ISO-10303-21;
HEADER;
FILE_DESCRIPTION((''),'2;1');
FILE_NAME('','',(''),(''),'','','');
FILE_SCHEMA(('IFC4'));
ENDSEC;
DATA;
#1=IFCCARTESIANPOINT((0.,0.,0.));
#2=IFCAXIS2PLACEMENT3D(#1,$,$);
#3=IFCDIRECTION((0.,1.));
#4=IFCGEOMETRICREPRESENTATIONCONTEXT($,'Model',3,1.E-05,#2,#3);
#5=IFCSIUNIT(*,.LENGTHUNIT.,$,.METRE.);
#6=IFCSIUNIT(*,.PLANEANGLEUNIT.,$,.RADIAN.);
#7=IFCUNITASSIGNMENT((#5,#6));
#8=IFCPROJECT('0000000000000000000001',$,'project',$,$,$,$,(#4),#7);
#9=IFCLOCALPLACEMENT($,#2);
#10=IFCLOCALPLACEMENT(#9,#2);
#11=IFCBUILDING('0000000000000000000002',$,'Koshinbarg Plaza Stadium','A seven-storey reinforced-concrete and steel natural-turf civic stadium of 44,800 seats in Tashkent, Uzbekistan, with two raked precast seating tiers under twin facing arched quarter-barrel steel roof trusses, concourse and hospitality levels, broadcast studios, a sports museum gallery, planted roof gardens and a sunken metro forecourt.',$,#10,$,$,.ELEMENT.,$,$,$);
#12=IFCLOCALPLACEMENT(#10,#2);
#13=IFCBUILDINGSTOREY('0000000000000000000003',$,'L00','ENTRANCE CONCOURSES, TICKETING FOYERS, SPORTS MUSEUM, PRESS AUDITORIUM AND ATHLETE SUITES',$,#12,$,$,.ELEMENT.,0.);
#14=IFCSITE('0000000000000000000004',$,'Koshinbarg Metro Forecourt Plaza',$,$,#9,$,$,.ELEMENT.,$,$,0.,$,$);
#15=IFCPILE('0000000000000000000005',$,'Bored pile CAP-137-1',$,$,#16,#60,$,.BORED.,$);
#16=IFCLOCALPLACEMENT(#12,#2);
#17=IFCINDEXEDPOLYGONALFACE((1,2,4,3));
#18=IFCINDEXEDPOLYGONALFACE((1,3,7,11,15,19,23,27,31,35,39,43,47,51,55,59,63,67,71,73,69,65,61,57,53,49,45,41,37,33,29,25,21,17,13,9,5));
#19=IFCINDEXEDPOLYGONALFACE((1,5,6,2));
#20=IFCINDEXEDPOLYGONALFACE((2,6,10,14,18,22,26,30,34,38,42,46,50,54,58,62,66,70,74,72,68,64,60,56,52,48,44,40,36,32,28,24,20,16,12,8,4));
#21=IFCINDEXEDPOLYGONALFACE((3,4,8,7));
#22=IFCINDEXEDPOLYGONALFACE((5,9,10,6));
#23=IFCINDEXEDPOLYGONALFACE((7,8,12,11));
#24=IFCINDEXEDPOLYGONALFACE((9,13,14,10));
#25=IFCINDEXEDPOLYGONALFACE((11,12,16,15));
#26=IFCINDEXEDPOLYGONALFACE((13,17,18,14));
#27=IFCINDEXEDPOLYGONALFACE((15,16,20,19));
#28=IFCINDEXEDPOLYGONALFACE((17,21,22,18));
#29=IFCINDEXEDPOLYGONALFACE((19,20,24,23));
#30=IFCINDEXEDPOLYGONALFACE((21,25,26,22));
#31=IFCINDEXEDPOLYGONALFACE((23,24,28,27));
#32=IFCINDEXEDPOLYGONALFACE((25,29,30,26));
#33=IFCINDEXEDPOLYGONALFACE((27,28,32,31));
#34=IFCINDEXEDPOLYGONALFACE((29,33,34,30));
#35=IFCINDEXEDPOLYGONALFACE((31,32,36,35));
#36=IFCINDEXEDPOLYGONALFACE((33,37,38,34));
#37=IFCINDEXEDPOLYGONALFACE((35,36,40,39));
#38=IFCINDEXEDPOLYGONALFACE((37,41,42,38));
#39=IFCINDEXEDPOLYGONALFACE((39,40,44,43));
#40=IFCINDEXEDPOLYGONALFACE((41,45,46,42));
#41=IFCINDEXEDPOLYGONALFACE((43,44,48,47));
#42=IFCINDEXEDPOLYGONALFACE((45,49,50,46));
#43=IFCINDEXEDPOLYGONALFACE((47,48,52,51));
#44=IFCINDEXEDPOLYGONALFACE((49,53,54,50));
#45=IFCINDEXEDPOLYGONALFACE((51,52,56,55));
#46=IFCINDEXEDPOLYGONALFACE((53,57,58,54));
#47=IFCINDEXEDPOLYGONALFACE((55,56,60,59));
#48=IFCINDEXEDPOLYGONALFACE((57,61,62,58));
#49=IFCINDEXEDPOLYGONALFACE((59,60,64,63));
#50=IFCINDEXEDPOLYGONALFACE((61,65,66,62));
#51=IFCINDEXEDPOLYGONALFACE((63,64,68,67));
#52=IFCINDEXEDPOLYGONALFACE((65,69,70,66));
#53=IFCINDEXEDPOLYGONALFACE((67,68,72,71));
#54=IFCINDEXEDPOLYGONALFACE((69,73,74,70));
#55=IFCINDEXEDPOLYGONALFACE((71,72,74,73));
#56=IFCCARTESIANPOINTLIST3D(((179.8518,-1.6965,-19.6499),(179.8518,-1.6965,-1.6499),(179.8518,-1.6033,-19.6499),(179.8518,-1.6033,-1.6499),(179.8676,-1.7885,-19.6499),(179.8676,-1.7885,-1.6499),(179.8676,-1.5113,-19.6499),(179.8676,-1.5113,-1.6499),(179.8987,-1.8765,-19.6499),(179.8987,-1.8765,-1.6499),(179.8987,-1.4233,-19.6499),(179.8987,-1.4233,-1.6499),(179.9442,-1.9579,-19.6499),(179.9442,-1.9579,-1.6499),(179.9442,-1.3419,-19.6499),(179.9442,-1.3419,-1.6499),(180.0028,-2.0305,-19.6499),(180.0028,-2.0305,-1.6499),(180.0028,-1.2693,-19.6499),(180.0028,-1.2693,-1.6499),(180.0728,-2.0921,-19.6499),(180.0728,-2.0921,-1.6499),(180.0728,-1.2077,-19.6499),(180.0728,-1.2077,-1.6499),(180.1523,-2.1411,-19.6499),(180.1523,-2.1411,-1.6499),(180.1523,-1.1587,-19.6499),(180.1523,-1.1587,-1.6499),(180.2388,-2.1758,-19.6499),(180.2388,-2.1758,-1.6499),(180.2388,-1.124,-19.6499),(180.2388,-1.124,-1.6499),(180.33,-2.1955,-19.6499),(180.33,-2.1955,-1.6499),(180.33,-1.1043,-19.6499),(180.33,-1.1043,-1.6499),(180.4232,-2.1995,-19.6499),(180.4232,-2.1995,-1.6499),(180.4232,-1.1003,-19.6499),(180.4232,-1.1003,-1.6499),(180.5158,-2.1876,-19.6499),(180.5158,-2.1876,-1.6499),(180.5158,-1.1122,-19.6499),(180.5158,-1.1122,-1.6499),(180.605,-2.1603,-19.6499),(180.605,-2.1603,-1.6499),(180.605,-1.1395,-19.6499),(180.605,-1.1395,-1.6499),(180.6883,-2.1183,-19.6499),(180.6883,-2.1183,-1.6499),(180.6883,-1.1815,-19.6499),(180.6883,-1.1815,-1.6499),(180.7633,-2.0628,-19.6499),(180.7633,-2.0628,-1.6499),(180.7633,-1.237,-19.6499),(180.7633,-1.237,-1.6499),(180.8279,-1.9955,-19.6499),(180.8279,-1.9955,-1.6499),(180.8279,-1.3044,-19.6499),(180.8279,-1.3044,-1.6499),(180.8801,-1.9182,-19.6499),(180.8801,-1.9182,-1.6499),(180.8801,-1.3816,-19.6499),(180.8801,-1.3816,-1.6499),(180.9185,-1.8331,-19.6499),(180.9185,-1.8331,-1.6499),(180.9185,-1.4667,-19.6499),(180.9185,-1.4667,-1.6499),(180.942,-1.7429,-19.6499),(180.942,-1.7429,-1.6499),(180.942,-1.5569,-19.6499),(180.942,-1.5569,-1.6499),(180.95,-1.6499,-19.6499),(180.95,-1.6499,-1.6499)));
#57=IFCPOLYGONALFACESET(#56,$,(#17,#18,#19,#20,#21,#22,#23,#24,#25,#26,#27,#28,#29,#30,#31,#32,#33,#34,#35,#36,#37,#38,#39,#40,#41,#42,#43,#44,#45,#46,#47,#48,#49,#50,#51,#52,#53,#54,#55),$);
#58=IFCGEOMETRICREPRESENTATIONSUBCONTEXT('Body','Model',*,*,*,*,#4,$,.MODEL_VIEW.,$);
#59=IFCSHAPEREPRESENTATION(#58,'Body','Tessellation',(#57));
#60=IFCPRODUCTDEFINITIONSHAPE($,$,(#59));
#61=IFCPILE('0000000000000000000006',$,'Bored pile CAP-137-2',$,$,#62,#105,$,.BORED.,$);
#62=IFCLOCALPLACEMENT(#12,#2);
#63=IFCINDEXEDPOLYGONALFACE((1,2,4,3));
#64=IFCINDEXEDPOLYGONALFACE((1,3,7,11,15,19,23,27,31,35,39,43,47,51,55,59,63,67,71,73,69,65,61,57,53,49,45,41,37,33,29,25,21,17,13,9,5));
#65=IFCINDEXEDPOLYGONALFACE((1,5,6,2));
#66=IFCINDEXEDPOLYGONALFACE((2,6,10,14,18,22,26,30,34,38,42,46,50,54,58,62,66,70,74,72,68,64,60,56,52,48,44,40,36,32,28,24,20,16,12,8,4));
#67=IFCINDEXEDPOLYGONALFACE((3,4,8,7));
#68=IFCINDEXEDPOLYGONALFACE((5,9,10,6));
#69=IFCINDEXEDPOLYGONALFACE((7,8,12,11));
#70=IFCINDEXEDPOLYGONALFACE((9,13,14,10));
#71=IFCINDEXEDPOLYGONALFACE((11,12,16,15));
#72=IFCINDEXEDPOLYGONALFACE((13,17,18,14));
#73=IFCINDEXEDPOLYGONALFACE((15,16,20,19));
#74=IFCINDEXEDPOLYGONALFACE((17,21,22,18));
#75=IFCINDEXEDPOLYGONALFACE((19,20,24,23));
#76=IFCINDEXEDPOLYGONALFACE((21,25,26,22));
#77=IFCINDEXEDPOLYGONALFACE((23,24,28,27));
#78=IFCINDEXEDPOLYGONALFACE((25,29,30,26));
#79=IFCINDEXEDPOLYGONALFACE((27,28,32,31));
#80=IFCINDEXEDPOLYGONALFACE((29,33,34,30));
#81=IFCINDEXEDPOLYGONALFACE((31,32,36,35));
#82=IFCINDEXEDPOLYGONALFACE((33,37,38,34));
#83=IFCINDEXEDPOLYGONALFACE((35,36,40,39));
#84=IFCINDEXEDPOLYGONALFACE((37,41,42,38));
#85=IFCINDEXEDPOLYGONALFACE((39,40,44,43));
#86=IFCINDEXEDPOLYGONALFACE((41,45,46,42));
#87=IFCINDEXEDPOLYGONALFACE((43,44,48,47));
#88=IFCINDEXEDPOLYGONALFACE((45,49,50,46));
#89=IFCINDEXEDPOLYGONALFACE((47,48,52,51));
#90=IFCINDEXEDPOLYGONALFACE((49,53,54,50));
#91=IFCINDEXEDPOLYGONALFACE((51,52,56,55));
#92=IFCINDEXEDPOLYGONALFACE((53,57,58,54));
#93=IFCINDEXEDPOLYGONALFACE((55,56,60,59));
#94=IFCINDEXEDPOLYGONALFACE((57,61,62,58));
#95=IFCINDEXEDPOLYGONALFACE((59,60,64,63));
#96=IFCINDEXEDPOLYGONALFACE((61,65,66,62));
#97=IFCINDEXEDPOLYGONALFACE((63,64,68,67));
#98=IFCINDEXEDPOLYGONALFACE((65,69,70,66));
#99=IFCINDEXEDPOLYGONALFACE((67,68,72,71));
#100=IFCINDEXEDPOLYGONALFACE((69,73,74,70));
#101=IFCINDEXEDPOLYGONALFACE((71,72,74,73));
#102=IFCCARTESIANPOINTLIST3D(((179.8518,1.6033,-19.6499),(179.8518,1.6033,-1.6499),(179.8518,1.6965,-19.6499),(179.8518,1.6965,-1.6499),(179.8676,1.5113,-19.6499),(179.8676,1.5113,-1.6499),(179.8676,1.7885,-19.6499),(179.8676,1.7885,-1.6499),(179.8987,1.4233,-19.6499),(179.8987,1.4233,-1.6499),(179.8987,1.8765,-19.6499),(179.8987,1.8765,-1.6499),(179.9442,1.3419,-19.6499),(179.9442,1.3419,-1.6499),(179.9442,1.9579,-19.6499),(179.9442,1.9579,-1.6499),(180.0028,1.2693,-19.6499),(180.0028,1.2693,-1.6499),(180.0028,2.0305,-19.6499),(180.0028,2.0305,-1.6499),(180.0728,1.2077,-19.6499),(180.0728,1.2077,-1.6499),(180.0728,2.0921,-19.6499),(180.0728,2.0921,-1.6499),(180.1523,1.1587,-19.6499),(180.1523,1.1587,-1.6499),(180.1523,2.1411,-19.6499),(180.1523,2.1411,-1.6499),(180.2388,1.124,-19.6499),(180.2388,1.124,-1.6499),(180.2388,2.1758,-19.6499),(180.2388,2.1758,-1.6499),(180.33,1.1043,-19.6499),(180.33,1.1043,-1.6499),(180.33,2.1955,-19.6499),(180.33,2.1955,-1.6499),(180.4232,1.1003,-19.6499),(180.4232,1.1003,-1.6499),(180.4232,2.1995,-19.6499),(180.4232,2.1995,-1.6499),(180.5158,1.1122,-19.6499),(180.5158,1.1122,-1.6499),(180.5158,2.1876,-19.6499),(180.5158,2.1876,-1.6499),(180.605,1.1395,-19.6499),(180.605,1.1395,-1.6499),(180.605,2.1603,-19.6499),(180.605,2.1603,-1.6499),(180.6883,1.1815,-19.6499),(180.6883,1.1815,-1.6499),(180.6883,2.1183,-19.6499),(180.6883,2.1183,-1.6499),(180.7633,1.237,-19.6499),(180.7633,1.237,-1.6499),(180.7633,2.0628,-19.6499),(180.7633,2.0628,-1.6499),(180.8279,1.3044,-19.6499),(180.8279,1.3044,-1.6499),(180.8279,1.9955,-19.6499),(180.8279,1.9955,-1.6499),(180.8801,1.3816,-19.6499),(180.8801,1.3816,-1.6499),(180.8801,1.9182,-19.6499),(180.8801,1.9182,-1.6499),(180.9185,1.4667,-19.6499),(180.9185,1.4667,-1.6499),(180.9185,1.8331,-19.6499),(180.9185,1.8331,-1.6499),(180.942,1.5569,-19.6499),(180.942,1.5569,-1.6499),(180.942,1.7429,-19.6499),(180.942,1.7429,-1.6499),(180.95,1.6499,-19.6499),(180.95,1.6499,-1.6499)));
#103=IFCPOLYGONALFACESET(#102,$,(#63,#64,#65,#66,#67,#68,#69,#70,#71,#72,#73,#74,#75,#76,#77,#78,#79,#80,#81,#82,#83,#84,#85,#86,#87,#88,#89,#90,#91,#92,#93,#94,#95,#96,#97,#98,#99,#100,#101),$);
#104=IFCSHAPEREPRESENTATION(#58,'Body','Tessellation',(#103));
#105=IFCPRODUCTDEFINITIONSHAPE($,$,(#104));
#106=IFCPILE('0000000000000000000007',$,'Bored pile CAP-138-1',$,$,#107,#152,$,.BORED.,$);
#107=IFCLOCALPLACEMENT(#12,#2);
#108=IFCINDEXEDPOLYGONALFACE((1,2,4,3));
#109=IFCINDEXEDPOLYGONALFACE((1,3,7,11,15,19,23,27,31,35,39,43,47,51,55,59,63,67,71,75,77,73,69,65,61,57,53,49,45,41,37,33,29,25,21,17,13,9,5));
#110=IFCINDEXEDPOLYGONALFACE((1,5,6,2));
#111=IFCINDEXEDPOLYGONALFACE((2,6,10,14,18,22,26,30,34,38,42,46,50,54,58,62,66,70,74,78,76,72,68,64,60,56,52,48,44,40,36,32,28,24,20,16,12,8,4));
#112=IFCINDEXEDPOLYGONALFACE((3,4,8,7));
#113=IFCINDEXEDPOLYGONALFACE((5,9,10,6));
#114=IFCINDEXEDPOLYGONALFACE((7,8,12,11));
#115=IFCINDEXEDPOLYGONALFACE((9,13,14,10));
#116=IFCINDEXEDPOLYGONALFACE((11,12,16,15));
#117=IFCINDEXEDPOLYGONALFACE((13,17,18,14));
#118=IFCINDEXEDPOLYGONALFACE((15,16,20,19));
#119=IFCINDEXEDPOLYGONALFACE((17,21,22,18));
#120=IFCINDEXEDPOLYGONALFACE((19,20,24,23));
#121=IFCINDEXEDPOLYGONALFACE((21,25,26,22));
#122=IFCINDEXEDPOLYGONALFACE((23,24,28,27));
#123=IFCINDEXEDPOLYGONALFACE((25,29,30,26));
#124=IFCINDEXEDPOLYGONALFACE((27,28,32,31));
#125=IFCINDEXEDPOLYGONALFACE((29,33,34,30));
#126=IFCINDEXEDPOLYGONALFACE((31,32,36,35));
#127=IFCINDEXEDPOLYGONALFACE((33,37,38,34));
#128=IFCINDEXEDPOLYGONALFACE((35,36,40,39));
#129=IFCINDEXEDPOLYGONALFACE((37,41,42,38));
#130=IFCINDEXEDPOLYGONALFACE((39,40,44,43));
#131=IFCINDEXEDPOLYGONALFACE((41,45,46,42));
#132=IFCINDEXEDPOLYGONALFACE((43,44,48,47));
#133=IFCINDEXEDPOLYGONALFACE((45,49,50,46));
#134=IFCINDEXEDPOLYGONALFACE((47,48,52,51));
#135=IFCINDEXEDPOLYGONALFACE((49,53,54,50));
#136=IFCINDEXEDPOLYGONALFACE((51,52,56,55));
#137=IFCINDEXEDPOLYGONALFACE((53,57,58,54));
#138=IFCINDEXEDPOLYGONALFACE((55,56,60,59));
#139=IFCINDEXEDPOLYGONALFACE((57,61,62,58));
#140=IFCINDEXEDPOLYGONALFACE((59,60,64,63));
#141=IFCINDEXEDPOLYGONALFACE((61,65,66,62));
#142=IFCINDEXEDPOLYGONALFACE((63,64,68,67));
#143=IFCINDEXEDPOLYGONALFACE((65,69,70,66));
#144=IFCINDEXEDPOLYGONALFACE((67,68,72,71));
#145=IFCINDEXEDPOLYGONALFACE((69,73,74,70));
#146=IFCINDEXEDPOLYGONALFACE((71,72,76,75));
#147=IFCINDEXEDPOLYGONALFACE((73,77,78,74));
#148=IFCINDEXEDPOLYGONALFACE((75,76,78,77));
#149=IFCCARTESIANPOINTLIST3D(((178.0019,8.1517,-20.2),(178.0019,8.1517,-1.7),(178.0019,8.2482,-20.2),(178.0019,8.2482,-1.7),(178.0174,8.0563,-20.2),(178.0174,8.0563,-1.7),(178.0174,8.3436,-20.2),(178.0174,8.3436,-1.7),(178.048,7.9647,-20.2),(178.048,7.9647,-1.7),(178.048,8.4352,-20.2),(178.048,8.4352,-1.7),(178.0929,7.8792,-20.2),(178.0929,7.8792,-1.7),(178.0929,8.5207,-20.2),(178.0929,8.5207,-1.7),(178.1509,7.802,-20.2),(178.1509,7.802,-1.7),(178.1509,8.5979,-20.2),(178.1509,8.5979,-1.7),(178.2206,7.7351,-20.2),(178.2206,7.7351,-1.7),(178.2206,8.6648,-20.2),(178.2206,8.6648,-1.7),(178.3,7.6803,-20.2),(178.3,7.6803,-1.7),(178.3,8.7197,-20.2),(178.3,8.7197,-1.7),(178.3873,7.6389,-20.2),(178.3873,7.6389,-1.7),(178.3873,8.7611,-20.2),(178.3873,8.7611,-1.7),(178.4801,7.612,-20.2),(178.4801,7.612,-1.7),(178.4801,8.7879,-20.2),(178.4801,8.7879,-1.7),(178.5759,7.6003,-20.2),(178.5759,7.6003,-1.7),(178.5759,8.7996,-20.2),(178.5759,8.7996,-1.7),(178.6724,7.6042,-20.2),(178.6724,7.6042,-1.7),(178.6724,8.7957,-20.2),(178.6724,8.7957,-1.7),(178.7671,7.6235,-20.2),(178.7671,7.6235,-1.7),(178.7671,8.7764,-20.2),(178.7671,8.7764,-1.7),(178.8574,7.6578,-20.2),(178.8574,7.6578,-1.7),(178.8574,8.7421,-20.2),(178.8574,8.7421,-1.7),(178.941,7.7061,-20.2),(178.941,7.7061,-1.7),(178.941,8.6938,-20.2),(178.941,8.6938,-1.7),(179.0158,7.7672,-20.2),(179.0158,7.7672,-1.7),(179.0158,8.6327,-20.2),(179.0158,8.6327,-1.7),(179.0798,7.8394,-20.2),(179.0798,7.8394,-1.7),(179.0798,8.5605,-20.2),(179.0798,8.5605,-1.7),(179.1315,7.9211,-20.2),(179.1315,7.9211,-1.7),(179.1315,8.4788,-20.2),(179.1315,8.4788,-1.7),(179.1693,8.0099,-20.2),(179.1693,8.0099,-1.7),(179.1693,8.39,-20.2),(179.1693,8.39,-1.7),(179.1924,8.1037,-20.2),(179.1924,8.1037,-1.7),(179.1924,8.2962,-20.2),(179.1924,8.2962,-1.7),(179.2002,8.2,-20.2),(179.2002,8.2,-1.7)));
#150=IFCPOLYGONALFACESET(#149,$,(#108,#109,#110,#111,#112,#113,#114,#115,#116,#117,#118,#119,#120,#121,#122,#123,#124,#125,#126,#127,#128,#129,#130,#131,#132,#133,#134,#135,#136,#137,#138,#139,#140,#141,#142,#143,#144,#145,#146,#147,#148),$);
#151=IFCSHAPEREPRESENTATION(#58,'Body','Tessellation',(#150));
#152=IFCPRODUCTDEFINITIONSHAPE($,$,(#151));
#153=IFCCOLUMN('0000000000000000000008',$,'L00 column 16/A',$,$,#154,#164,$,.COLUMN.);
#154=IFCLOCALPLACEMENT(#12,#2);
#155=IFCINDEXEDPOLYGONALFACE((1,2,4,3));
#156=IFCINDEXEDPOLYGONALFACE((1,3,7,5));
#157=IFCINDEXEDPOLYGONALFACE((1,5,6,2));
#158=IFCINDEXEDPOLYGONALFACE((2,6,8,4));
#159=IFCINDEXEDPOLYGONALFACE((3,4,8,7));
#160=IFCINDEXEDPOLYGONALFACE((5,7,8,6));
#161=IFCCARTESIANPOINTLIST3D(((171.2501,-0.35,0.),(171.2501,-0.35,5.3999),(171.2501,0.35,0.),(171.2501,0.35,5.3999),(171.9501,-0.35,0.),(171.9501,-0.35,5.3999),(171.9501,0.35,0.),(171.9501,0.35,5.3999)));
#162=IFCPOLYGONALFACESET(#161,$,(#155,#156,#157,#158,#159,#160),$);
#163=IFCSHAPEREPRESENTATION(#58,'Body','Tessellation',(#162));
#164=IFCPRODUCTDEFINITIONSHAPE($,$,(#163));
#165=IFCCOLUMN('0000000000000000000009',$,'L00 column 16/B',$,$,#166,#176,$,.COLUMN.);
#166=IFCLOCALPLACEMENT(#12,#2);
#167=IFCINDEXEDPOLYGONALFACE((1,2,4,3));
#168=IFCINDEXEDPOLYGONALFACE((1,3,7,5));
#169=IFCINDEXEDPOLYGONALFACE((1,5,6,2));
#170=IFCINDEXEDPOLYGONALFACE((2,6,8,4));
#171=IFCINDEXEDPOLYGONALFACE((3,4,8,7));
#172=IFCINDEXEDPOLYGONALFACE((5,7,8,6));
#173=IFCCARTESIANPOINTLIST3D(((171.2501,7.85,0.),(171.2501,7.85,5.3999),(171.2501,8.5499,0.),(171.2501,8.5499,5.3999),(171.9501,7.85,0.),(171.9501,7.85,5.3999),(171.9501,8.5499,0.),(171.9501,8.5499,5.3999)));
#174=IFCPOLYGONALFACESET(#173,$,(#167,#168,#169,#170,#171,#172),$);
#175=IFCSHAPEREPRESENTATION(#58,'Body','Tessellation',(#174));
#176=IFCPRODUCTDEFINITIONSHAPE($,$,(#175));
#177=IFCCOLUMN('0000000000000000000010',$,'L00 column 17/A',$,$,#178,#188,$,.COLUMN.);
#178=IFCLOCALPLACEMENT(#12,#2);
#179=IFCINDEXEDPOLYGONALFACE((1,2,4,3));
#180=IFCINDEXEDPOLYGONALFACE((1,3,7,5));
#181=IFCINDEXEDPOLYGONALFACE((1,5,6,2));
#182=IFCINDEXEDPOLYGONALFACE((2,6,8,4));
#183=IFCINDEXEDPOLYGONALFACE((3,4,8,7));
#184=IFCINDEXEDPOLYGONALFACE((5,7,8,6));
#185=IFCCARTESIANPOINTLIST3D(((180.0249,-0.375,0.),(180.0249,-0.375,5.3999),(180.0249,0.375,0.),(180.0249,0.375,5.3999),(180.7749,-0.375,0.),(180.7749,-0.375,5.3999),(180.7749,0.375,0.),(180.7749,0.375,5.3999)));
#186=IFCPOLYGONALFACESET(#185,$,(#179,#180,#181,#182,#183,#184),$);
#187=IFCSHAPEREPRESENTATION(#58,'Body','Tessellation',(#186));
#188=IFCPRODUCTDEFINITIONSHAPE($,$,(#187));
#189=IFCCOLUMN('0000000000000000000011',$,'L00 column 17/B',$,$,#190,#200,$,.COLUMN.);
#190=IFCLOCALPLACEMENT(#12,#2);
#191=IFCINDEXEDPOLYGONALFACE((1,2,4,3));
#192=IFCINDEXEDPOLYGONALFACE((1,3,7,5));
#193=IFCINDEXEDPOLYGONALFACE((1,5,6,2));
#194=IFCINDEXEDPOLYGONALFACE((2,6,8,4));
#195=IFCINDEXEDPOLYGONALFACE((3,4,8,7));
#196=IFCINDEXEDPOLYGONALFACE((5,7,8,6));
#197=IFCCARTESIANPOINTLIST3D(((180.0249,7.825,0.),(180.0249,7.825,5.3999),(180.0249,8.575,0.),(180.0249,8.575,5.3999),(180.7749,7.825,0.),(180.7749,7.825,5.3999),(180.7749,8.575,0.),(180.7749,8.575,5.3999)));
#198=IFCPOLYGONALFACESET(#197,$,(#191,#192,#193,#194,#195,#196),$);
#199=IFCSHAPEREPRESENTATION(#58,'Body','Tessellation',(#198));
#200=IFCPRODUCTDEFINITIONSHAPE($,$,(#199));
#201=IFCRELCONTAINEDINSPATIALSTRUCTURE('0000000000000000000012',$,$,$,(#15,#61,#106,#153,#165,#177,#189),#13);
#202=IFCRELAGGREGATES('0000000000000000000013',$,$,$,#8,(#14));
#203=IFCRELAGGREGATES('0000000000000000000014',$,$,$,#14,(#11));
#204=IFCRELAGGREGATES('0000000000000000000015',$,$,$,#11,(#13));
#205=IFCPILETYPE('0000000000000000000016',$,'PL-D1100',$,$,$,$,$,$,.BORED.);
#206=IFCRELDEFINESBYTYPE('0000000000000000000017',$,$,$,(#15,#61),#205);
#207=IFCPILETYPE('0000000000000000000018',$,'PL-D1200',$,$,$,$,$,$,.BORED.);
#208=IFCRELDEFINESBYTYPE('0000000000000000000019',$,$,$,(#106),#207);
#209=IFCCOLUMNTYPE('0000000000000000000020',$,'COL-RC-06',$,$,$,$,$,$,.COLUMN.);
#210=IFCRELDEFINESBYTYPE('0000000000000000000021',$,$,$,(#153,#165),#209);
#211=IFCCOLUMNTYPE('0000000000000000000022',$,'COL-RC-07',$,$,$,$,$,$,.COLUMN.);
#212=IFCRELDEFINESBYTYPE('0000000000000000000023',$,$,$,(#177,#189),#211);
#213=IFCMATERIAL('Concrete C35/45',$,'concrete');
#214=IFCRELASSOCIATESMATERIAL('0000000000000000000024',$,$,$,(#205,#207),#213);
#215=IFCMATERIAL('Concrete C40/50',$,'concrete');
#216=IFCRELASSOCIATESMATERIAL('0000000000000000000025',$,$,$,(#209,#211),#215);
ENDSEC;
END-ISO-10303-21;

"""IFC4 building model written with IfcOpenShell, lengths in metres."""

from ifc_helpers import new_model, si_unit, direction, frame, origin, origin_2d, place, context, subcontext, project, spatial, rectangle, circle, extrude, material, material_profile, profile_set, type_object, element, save


model = new_model("IFC4")

# Units and contexts
model_context = context("Model", 3, precision=1e-05, world=origin(), true_north=direction((0.0, 1.0)))
body_context = subcontext(model_context, "Body", "Model", "MODEL_VIEW")
ifc_project = project(units=[si_unit("LENGTHUNIT", "METRE"), si_unit("PLANEANGLEUNIT", "RADIAN")], contexts=[model_context])

# Site, building, storey
site_placement = place(None, origin())
site = spatial("IfcSite", under=ifc_project, at=site_placement, Name="Koshinbarg Metro Forecourt Plaza", CompositionType="ELEMENT", RefElevation=0.0)
building_placement = place(site_placement, origin())
building = spatial("IfcBuilding", under=site, at=building_placement, Name="Koshinbarg Plaza Stadium", Description="A seven-storey reinforced-concrete and steel natural-turf civic stadium of 44,800 seats in Tashkent, Uzbekistan, with two raked precast seating tiers under twin facing arched quarter-barrel steel roof trusses, concourse and hospitality levels, broadcast studios, a sports museum gallery, planted roof gardens and a sunken metro forecourt.", CompositionType="ELEMENT")
storey_placement = place(building_placement, origin())
storey = spatial("IfcBuildingStorey", under=building, at=storey_placement, Name="L00", Description="ENTRANCE CONCOURSES, TICKETING FOYERS, SPORTS MUSEUM, PRESS AUDITORIUM AND ATHLETE SUITES", CompositionType="ELEMENT", Elevation=0.0)

# Shared definitions
ifc_material_1 = material(Name="Concrete C35/45", Category="concrete")

# Piles
ifc_material_profile_1 = material_profile(ifc_material_1, circle(Radius=0.55, at=origin_2d()), Name="PILE D1100")
ifc_profile_set_1 = profile_set([ifc_material_profile_1], Name="Concrete C35/45")
pile_type_1 = type_object("IfcPileType", Name="PL-D1100", PredefinedType="BORED", material=ifc_profile_set_1)
for number, where, z_axis, x_axis, name in (
    (1, (180.3999, -1.6499, -1.6499), (0.0, 0.0, -1.0), (1.0, 0.0, 0.0), "Bored pile CAP-137-1"),
    (2, (180.3999, 1.6499, -1.6499), (0.0, 0.0, -1.0), (1.0, 0.0, 0.0), "Bored pile CAP-137-2"),
):
    element("IfcPile", number, at=place(storey_placement, frame(where, z_axis=z_axis, x_axis=x_axis)), inside=storey, type_object=pile_type_1, Name=name, PredefinedType="BORED", context=body_context, shape_type="SweptSolid", body=[
        extrude(circle(Radius=0.55, at=origin_2d()), origin(), (0.0, 0.0, 1.0), 18.0),
    ])
ifc_material_profile_2 = material_profile(ifc_material_1, circle(Radius=0.6001, at=origin_2d()), Name="PILE D1200")
ifc_profile_set_2 = profile_set([ifc_material_profile_2], Name="Concrete C35/45")
pile_type_2 = type_object("IfcPileType", Name="PL-D1200", PredefinedType="BORED", material=ifc_profile_set_2)
pile_placement = place(storey_placement, frame((178.6001, 8.2, -1.7), z_axis=(0.0, 0.0, -1.0), x_axis=(1.0, 0.0, 0.0)))
element("IfcPile", 3, at=pile_placement, inside=storey, type_object=pile_type_2, Name="Bored pile CAP-138-1", PredefinedType="BORED", context=body_context, shape_type="SweptSolid", body=[
    extrude(circle(Radius=0.6001, at=origin_2d()), origin(), (0.0, 0.0, 1.0), 18.5),
])

# Columns
ifc_material_2 = material(Name="Concrete C40/50", Category="concrete")
ifc_material_profile_3 = material_profile(ifc_material_2, rectangle(XDim=0.7, YDim=0.7, at=origin_2d()), Name="RC 700x700")
ifc_profile_set_3 = profile_set([ifc_material_profile_3], Name="Concrete C40/50")
column_type_1 = type_object("IfcColumnType", Name="COL-RC-06", PredefinedType="COLUMN", material=ifc_profile_set_3)
for number, where, z_axis, x_axis, name in (
    (4, (171.6001, 0.0, 0.0), (0.0, 0.0, 1.0), (1.0, 0.0, 0.0), "L00 column 16/A"),
    (5, (171.6001, 8.2, 0.0), (0.0, 0.0, 1.0), (1.0, 0.0, 0.0), "L00 column 16/B"),
):
    element("IfcColumn", number, at=place(storey_placement, frame(where, z_axis=z_axis, x_axis=x_axis)), inside=storey, type_object=column_type_1, Name=name, PredefinedType="COLUMN", context=body_context, shape_type="SweptSolid", body=[
        extrude(rectangle(XDim=0.7, YDim=0.7, at=origin_2d()), origin(), (0.0, 0.0, 1.0), 5.3999),
    ])
ifc_material_profile_4 = material_profile(ifc_material_2, rectangle(XDim=0.75, YDim=0.75, at=origin_2d()), Name="RC 750x750")
ifc_profile_set_4 = profile_set([ifc_material_profile_4], Name="Concrete C40/50")
column_type_2 = type_object("IfcColumnType", Name="COL-RC-07", PredefinedType="COLUMN", material=ifc_profile_set_4)
for number, where, z_axis, x_axis, name in (
    (6, (180.3999, 0.0, 0.0), (0.0, 0.0, 1.0), (1.0, 0.0, 0.0), "L00 column 17/A"),
    (7, (180.3999, 8.2, 0.0), (0.0, 0.0, 1.0), (1.0, 0.0, 0.0), "L00 column 17/B"),
):
    element("IfcColumn", number, at=place(storey_placement, frame(where, z_axis=z_axis, x_axis=x_axis)), inside=storey, type_object=column_type_2, Name=name, PredefinedType="COLUMN", context=body_context, shape_type="SweptSolid", body=[
        extrude(rectangle(XDim=0.75, YDim=0.75, at=origin_2d()), origin(), (0.0, 0.0, 1.0), 5.3999),
    ])

save(model, "model.ifc")
